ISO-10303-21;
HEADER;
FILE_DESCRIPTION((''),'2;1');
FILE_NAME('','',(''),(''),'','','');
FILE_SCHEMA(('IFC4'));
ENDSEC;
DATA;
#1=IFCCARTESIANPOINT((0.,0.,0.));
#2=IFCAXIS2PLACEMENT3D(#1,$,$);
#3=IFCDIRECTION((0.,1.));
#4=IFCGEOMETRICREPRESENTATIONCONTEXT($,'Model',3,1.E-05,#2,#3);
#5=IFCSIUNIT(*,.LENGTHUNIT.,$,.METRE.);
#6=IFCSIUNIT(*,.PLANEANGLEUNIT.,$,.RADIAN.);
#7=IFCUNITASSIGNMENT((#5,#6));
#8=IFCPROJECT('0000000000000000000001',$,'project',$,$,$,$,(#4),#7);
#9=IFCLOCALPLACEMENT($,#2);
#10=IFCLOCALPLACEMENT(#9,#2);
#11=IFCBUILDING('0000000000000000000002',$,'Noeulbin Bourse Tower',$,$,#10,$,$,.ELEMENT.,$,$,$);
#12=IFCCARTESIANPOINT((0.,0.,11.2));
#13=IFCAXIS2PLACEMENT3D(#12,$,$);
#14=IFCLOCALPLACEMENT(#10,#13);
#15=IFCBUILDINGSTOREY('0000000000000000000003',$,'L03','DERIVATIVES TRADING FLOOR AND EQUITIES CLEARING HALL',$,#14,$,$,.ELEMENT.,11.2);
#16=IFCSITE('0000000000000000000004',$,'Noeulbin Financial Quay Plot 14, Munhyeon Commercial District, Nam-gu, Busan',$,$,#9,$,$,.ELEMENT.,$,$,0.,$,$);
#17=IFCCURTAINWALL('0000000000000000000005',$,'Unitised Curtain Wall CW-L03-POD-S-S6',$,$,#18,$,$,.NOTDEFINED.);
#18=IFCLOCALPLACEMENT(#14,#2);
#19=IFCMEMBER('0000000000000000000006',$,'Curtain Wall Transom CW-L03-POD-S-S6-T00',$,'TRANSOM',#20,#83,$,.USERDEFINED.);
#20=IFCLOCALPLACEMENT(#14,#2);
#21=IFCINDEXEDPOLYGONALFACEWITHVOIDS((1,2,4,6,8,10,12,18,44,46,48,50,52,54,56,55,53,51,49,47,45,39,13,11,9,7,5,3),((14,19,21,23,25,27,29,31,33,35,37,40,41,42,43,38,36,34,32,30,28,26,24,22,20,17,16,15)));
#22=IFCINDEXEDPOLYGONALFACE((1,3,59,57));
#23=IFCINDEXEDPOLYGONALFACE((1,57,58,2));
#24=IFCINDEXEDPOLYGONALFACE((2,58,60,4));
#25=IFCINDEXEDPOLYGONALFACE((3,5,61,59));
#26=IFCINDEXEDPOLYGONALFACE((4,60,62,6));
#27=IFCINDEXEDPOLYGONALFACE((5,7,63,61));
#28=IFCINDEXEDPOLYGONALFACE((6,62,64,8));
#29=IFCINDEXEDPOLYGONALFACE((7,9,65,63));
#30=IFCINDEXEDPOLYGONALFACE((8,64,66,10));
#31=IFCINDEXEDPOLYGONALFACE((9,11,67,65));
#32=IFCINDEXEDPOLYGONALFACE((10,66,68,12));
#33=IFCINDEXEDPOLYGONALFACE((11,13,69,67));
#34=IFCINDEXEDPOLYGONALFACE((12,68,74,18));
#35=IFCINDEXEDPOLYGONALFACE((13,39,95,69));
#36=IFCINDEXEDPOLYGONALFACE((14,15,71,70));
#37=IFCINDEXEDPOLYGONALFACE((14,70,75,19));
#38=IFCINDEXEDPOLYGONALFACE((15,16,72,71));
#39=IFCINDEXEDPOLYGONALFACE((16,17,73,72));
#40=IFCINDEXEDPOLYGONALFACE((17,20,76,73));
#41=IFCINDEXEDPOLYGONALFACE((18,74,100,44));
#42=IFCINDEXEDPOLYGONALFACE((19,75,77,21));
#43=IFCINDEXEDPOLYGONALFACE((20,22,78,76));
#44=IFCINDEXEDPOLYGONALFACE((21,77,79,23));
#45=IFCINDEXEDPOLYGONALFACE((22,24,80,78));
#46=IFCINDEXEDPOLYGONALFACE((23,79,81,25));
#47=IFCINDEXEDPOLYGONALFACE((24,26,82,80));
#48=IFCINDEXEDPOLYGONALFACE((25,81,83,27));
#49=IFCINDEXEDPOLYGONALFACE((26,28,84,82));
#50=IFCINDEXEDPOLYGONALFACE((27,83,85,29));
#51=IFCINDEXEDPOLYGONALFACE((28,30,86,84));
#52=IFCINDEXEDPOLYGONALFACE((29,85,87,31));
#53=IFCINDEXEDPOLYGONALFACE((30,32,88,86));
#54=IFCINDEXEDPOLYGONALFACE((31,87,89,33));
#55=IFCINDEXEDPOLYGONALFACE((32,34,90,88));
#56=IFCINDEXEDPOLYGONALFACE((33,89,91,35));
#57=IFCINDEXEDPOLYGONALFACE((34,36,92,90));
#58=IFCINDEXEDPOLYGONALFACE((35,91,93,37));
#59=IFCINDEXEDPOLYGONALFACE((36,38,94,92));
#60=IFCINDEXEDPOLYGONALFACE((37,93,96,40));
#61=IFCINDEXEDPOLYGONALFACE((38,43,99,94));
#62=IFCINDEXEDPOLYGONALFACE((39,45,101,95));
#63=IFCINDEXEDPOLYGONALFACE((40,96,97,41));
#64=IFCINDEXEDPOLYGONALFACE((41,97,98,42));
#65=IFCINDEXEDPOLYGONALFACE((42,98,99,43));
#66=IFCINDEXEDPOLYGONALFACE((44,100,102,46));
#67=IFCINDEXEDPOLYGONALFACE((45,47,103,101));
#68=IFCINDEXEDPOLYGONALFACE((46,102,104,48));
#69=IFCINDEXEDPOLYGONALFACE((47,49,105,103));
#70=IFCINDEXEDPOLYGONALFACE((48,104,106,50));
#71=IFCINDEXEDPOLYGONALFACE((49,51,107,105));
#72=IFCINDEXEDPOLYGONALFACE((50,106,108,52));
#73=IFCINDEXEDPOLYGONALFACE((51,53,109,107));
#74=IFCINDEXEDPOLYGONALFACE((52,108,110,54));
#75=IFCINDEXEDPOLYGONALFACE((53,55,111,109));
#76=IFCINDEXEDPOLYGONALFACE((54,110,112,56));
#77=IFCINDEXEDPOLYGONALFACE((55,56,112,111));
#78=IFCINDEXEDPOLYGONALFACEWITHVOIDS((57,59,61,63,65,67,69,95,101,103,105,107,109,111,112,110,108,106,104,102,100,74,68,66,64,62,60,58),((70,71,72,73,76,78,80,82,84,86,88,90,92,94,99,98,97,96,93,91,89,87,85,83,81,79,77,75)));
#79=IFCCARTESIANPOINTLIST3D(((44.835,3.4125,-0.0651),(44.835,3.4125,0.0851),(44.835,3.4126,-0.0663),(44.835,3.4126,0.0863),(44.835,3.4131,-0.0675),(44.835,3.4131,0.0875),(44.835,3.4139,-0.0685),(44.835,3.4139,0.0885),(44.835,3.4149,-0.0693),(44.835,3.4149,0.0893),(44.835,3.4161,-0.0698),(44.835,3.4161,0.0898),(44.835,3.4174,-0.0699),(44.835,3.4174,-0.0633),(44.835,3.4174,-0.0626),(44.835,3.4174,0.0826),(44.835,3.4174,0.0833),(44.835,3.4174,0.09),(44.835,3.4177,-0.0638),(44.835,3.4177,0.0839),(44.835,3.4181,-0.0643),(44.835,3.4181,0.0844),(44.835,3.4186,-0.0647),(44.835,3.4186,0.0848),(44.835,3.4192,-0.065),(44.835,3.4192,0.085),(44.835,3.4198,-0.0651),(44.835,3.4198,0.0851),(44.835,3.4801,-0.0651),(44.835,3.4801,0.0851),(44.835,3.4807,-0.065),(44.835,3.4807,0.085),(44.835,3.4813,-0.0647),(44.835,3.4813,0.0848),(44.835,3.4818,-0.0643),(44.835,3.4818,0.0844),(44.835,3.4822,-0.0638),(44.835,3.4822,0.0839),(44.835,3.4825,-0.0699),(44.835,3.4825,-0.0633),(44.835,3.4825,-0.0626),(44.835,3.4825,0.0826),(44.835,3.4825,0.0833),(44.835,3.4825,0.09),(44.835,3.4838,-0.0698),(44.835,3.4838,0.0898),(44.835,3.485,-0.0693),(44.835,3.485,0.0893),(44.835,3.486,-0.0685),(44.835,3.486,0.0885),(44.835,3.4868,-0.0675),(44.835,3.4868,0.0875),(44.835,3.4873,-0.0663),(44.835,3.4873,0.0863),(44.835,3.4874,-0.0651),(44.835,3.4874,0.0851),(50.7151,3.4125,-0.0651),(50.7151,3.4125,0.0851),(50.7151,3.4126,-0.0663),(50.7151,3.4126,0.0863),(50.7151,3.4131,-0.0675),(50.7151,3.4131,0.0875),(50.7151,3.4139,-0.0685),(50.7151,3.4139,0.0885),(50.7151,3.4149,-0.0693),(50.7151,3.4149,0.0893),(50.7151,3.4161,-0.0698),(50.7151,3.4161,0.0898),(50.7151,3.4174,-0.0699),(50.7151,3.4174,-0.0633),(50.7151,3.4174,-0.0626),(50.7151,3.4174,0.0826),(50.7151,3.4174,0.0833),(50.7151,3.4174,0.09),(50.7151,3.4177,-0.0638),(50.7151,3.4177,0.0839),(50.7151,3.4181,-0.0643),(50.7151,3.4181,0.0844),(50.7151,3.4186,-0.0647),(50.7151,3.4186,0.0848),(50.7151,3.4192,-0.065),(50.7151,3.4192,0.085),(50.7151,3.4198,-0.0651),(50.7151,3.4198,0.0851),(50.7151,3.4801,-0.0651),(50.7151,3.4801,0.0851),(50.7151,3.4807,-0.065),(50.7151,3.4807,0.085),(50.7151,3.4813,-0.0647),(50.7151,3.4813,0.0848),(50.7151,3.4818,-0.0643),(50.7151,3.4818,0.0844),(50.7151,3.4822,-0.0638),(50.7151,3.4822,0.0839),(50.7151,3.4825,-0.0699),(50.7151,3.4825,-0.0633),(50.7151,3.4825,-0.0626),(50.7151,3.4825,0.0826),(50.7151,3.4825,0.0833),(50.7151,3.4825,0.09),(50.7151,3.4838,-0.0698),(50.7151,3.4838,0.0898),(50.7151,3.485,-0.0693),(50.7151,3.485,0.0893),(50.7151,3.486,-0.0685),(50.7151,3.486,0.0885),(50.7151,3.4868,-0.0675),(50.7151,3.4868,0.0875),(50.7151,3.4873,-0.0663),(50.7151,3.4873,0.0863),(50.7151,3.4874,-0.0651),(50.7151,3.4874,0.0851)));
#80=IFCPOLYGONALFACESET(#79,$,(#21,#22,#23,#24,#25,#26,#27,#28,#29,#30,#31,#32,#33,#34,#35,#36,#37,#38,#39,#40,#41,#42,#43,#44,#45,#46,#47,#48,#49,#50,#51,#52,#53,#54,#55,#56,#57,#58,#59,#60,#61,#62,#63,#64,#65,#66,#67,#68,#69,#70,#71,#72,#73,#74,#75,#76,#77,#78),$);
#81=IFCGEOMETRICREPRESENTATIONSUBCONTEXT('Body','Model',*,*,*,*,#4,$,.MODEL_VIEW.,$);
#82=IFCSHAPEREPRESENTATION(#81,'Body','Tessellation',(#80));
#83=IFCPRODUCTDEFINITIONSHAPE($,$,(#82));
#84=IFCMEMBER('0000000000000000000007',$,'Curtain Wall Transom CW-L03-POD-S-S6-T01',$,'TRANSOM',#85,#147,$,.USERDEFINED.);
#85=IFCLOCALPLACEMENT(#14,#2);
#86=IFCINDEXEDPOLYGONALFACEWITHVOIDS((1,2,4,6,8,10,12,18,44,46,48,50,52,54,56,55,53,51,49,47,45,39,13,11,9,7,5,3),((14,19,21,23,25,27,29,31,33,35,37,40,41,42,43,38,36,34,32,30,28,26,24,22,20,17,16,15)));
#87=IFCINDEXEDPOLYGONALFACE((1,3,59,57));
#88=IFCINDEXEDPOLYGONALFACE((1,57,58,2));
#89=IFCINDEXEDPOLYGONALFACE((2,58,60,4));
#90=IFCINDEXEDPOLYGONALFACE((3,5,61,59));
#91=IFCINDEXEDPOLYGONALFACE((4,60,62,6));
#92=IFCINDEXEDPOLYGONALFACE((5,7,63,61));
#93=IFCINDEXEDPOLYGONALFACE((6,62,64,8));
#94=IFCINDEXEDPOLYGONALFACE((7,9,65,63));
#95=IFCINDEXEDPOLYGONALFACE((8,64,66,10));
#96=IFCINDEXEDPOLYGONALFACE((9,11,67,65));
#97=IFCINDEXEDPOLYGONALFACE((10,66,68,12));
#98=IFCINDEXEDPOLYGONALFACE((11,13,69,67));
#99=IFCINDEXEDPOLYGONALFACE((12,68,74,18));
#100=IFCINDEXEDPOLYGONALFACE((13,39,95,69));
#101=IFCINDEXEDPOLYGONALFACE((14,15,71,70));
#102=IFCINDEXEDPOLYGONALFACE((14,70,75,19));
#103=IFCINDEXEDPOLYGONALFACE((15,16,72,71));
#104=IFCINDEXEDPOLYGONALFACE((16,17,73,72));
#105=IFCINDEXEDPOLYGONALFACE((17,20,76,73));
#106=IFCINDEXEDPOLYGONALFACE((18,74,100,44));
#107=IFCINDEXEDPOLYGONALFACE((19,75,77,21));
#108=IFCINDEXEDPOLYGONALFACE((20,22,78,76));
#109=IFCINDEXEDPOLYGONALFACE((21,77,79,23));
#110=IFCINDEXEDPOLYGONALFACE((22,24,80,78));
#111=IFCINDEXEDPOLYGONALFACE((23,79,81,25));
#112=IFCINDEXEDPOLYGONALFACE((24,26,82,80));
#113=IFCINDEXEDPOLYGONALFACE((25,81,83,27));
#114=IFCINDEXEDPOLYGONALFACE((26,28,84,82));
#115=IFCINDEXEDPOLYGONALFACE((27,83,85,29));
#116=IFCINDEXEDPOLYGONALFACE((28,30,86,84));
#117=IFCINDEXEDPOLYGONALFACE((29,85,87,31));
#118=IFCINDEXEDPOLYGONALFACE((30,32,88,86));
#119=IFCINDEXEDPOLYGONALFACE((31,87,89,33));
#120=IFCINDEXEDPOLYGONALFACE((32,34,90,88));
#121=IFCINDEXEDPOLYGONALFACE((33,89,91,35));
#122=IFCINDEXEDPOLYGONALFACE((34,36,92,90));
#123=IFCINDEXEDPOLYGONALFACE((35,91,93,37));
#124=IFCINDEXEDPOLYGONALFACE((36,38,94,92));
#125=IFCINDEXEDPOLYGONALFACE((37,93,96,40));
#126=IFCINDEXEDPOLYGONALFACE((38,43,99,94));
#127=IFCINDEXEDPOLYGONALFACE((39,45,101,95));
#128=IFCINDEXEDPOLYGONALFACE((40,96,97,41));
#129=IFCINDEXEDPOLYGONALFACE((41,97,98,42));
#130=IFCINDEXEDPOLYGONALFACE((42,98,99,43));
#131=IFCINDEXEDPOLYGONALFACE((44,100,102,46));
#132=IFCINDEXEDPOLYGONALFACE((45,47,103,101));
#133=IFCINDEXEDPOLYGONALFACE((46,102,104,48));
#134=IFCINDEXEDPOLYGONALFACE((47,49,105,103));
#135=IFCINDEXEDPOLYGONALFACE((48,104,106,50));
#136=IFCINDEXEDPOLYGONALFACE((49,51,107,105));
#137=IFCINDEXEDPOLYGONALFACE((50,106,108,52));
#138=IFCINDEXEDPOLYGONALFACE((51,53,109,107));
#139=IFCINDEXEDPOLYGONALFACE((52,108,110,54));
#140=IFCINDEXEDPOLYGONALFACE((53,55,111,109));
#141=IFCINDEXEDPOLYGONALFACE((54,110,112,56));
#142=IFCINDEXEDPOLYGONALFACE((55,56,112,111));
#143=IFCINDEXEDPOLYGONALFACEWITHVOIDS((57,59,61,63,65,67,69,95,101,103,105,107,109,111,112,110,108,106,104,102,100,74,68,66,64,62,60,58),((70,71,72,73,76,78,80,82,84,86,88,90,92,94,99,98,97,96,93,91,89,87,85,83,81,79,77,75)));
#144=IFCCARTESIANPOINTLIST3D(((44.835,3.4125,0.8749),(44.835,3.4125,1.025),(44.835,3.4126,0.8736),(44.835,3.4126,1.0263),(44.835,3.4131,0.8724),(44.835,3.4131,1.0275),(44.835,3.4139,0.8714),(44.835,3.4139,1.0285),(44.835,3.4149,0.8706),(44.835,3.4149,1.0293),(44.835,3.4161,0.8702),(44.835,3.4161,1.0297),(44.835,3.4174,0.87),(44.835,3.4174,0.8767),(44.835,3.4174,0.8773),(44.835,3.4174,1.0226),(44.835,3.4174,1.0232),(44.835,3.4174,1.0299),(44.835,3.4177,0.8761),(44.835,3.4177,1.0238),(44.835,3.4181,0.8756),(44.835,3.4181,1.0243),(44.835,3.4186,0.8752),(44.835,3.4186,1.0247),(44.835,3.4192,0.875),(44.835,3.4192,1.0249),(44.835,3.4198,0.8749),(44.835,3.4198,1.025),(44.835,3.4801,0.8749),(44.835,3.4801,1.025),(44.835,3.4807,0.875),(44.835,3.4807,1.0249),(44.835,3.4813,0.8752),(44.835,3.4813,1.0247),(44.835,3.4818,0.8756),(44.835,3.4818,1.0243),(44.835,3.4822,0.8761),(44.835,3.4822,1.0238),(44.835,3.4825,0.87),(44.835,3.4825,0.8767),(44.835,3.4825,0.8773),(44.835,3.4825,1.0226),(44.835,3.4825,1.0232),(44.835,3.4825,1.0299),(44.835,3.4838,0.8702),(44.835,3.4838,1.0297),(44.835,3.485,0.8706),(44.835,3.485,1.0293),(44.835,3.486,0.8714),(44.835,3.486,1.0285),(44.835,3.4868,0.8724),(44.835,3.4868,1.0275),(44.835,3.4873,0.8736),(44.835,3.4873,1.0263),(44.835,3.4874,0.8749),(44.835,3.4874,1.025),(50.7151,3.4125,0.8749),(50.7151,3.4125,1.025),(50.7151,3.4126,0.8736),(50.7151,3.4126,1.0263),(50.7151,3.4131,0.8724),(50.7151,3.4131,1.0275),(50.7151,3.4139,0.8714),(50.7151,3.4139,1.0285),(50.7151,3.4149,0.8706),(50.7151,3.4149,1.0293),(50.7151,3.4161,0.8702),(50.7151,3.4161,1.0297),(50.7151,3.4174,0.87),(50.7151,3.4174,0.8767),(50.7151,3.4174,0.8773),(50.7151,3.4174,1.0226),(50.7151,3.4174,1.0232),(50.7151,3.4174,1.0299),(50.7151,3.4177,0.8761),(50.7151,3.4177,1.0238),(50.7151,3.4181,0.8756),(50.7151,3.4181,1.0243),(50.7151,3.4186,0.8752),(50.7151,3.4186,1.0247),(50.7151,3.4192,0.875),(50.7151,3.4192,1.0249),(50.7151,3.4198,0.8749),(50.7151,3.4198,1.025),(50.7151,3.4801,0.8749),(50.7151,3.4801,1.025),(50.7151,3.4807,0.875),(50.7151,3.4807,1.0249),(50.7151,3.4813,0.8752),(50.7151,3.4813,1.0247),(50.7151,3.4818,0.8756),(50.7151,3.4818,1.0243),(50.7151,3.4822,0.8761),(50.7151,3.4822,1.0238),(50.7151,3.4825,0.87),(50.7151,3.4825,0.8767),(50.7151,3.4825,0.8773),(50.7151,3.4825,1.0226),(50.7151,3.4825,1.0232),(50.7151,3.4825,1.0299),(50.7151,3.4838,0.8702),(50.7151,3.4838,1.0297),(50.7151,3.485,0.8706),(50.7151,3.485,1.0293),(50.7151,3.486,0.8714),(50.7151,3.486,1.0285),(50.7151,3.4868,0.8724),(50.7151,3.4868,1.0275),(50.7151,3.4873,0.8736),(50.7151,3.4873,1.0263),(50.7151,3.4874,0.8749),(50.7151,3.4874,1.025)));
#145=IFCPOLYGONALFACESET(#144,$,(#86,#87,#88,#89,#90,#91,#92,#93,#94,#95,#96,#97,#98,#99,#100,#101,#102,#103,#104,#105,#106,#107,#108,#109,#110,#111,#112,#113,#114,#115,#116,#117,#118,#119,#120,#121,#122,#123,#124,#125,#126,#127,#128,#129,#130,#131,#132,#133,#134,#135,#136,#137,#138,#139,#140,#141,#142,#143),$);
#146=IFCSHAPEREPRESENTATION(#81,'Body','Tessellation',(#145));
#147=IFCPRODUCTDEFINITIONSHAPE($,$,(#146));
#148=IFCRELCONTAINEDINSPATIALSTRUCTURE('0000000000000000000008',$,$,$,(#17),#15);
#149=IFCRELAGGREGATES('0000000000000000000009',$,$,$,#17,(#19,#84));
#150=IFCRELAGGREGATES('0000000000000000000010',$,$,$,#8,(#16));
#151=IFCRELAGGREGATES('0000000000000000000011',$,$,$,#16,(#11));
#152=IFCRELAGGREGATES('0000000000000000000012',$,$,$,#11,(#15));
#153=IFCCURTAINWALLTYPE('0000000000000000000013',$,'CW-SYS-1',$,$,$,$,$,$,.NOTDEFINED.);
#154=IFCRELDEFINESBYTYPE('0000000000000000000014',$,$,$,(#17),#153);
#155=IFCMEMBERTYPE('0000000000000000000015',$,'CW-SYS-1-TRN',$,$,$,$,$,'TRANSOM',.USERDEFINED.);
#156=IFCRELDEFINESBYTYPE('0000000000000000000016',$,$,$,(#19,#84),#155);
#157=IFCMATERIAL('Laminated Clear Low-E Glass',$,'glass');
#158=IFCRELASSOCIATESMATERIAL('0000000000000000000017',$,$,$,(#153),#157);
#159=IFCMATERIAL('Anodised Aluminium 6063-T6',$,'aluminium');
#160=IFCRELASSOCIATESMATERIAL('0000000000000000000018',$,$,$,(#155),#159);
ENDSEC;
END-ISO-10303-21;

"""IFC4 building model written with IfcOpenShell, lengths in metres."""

from ifc_helpers import new_model, si_unit, direction, frame, origin, origin_2d, place, context, subcontext, project, spatial, hollow_rectangle, extrude, material, material_profile, profile_set, type_object, element, aggregate, save


model = new_model("IFC4")

# Units and contexts
model_context = context("Model", 3, precision=1e-05, world=origin(), true_north=direction((0.0, 1.0)))
body_context = subcontext(model_context, "Body", "Model", "MODEL_VIEW")
ifc_project = project(units=[si_unit("LENGTHUNIT", "METRE"), si_unit("PLANEANGLEUNIT", "RADIAN")], contexts=[model_context])

# Site, building, storey
site_placement = place(None, origin())
site = spatial("IfcSite", under=ifc_project, at=site_placement, Name="Noeulbin Financial Quay Plot 14, Munhyeon Commercial District, Nam-gu, Busan", CompositionType="ELEMENT", RefElevation=0.0)
building_placement = place(site_placement, origin())
building = spatial("IfcBuilding", under=site, at=building_placement, Name="Noeulbin Bourse Tower", CompositionType="ELEMENT")
storey_placement = place(building_placement, frame((0.0, 0.0, 11.2)))
storey = spatial("IfcBuildingStorey", under=building, at=storey_placement, Name="L03", Description="DERIVATIVES TRADING FLOOR AND EQUITIES CLEARING HALL", CompositionType="ELEMENT", Elevation=11.2)

# Shared definitions
ifc_material_1 = material(Name="Laminated Clear Low-E Glass", Category="glass")
curtain_wall_type = type_object("IfcCurtainWallType", Name="CW-SYS-1", PredefinedType="NOTDEFINED", material=ifc_material_1)
ifc_material_2 = material(Name="Anodised Aluminium 6063-T6", Category="aluminium")

# Curtain wall
curtain_wall_1_placement = place(storey_placement, origin())
curtain_wall_1 = element("IfcCurtainWall", 1, at=curtain_wall_1_placement, inside=storey, type_object=curtain_wall_type, Name="Unitised Curtain Wall CW-L03-POD-S-S6", PredefinedType="NOTDEFINED")

# Members
ifc_material_profile_1 = material_profile(ifc_material_2, hollow_rectangle(XDim=0.075, YDim=0.1599, WallThickness=0.0049, InnerFilletRadius=0.0024, OuterFilletRadius=0.0049, at=origin_2d()), Name="ALU-TRAN-75x160x5", Category="LoadBearing")
ifc_profile_set_1 = profile_set([ifc_material_profile_1], Name="Anodised Aluminium 6063-T6")
member_type_1 = type_object("IfcMemberType", Name="CW-SYS-1-TRN", ElementType="TRANSOM", PredefinedType="USERDEFINED", material=ifc_profile_set_1)
member_1_placement = place(storey_placement, frame((44.835, 3.45, 0.01), z_axis=(1.0, 0.0, 0.0), x_axis=(0.0, 1.0, 0.0)))
member_1 = element("IfcMember", 2, at=member_1_placement, type_object=member_type_1, Name="Curtain Wall Transom CW-L03-POD-S-S6-T00", ObjectType="TRANSOM", PredefinedType="USERDEFINED", context=body_context, shape_type="SweptSolid", body=[
    extrude(hollow_rectangle(XDim=0.075, YDim=0.1599, WallThickness=0.0049, InnerFilletRadius=0.0024, OuterFilletRadius=0.0049, at=origin_2d()), origin(), (0.0, 0.0, 1.0), 5.8801),
])
member_2_placement = place(storey_placement, frame((44.835, 3.45, 0.95), z_axis=(1.0, 0.0, 0.0), x_axis=(0.0, 1.0, 0.0)))
member_2 = element("IfcMember", 3, at=member_2_placement, type_object=member_type_1, Name="Curtain Wall Transom CW-L03-POD-S-S6-T01", ObjectType="TRANSOM", PredefinedType="USERDEFINED", context=body_context, shape_type="SweptSolid", body=[
    extrude(hollow_rectangle(XDim=0.075, YDim=0.1599, WallThickness=0.0049, InnerFilletRadius=0.0024, OuterFilletRadius=0.0049, at=origin_2d()), origin(), (0.0, 0.0, 1.0), 5.8801),
])

aggregate(curtain_wall_1, [member_1, member_2])

save(model, "model.ifc")
